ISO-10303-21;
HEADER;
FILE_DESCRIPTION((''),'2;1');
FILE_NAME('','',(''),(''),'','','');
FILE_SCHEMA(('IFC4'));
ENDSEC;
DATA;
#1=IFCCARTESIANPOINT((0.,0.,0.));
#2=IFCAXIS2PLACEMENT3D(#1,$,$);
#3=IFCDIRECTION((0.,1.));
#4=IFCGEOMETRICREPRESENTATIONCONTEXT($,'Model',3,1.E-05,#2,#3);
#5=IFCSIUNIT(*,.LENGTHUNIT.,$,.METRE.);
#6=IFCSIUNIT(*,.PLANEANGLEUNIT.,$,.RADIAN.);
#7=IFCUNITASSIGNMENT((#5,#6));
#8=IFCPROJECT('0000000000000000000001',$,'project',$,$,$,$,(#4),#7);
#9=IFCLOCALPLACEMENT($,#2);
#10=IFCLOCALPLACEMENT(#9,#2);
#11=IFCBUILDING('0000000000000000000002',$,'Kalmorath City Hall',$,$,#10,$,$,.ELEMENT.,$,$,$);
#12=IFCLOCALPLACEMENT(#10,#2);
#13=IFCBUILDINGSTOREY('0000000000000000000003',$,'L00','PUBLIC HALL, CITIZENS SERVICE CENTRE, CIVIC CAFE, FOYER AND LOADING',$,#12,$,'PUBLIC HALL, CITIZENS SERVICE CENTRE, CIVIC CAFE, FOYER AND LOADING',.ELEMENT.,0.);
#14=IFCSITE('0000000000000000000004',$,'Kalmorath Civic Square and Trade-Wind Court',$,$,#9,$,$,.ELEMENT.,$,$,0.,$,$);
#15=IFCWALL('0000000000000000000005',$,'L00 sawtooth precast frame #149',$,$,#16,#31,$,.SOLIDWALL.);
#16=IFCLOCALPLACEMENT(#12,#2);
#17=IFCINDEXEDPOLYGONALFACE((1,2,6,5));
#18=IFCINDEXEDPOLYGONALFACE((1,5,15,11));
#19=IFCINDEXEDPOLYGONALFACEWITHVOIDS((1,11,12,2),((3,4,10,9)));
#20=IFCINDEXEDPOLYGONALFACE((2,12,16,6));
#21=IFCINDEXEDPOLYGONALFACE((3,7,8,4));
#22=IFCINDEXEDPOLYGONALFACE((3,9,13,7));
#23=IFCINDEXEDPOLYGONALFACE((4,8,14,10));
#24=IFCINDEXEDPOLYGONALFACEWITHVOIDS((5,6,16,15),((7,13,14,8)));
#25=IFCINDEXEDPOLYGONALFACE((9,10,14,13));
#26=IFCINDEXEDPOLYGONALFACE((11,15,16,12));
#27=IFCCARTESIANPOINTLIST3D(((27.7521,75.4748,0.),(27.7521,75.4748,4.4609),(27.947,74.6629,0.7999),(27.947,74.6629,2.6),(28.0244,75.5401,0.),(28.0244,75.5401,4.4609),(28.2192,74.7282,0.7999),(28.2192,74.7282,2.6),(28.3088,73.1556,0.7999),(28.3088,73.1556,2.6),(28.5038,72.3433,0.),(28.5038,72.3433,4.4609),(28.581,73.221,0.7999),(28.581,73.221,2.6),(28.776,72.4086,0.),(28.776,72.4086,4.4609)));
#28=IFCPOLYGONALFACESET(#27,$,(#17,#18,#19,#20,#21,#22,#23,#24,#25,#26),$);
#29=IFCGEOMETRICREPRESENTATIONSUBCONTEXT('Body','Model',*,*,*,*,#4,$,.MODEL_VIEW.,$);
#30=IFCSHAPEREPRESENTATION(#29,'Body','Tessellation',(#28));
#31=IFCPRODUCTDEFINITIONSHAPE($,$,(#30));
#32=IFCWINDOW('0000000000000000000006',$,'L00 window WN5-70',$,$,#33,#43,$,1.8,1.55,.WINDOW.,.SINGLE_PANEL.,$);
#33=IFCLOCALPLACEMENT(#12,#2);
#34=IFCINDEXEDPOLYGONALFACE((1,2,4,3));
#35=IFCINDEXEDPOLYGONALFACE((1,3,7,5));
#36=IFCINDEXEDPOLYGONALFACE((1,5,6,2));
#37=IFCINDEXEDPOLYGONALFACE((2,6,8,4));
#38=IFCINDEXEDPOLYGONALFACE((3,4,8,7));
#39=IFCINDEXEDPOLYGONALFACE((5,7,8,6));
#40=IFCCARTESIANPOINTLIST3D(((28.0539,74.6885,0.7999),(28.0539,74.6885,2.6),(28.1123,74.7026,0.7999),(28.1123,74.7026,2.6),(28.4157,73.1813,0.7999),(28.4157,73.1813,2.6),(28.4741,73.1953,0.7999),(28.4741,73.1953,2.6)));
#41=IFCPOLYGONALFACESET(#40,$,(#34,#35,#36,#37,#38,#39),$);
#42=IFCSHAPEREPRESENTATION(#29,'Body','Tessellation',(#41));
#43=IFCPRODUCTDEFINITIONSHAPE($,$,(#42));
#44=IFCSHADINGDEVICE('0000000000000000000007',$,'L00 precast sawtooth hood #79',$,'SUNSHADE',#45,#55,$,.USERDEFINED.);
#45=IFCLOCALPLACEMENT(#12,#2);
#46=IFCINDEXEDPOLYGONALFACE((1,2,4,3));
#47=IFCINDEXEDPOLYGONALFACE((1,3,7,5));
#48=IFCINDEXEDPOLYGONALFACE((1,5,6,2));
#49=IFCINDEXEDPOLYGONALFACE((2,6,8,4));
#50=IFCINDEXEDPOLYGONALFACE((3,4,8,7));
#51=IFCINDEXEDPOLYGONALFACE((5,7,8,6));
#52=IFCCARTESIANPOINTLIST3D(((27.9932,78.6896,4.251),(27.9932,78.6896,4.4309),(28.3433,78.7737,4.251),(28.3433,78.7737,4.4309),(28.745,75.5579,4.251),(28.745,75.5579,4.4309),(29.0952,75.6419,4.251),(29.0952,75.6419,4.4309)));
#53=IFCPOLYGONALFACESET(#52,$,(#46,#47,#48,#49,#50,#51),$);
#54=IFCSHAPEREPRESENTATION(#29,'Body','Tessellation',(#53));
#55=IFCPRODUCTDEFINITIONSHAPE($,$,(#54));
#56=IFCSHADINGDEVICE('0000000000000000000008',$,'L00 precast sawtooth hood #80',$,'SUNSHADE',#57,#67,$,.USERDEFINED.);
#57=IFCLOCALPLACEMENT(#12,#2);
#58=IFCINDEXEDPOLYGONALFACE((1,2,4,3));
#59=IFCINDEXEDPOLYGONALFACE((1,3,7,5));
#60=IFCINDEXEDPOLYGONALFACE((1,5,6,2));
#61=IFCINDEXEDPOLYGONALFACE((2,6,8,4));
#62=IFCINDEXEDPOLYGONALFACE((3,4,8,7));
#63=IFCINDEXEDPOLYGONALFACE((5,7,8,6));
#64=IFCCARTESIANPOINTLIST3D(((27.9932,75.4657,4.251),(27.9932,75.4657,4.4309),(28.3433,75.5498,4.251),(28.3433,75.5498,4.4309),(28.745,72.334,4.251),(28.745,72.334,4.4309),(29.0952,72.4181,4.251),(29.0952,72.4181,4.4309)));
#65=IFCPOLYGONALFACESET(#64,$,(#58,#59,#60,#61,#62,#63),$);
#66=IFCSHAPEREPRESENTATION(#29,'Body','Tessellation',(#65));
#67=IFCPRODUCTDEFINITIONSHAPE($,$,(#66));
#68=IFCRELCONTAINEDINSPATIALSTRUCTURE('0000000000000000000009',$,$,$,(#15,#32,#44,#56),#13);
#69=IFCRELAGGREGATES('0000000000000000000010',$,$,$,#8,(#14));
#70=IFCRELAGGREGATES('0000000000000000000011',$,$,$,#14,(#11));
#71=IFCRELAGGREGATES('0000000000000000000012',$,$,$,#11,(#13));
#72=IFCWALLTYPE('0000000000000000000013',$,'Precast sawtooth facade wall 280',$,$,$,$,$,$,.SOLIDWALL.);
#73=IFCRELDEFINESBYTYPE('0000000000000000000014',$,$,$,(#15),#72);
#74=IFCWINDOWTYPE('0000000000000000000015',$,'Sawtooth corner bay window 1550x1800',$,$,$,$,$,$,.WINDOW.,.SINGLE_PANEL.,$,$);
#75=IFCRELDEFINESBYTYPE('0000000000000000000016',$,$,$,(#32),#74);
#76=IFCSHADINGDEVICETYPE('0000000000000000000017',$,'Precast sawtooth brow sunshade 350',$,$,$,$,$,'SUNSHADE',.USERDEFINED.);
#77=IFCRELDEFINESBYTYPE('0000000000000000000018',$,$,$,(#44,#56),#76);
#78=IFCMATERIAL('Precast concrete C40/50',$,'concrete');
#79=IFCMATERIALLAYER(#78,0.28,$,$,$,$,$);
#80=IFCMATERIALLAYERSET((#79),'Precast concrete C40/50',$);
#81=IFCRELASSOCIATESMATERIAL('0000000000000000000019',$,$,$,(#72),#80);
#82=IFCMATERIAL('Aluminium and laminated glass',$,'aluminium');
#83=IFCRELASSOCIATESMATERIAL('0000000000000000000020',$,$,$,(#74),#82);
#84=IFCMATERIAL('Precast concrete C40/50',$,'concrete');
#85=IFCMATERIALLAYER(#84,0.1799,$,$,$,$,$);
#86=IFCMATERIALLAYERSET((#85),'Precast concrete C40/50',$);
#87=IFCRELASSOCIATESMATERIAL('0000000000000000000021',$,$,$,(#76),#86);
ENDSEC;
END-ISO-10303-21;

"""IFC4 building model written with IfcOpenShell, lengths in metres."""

from ifc_helpers import new_model, si_unit, direction, frame, frame_2d, origin, origin_2d, place, context, subcontext, project, spatial, rectangle, extrude, material, layer, layer_set, type_object, element, fill, save


model = new_model("IFC4")

# Units and contexts
model_context = context("Model", 3, precision=1e-05, world=origin(), true_north=direction((0.0, 1.0)))
body_context = subcontext(model_context, "Body", "Model", "MODEL_VIEW")
ifc_project = project(units=[si_unit("LENGTHUNIT", "METRE"), si_unit("PLANEANGLEUNIT", "RADIAN")], contexts=[model_context])

# Site, building, storey
site_placement = place(None, origin())
site = spatial("IfcSite", under=ifc_project, at=site_placement, Name="Kalmorath Civic Square and Trade-Wind Court", CompositionType="ELEMENT", RefElevation=0.0)
building_placement = place(site_placement, origin())
building = spatial("IfcBuilding", under=site, at=building_placement, Name="Kalmorath City Hall", CompositionType="ELEMENT")
storey_placement = place(building_placement, origin())
storey = spatial("IfcBuildingStorey", under=building, at=storey_placement, Name="L00", Description="PUBLIC HALL, CITIZENS SERVICE CENTRE, CIVIC CAFE, FOYER AND LOADING", LongName="PUBLIC HALL, CITIZENS SERVICE CENTRE, CIVIC CAFE, FOYER AND LOADING", CompositionType="ELEMENT", Elevation=0.0)

# Wall, opening, window
ifc_material_1 = material(Name="Precast concrete C40/50", Category="concrete")
ifc_layer_1 = layer(ifc_material_1, 0.28)
ifc_layer_set_1 = layer_set([ifc_layer_1], Name="Precast concrete C40/50")
wall_type_1 = type_object("IfcWallType", Name="Precast sawtooth facade wall 280", PredefinedType="SOLIDWALL", material=ifc_layer_set_1)
ifc_material_2 = material(Name="Aluminium and laminated glass", Category="aluminium")
window_type = type_object("IfcWindowType", Name="Sawtooth corner bay window 1550x1800", PartitioningType="SINGLE_PANEL", PredefinedType="WINDOW", material=ifc_material_2)
wall_1_placement = place(storey_placement, frame((27.8882, 75.5076, 0.0), z_axis=(0.0, 0.0, 1.0), x_axis=(0.23341, -0.972378, 0.0)))
wall_1 = element("IfcWall", 1, at=wall_1_placement, inside=storey, type_object=wall_type_1, Name="L00 sawtooth precast frame #149", PredefinedType="SOLIDWALL", context=body_context, shape_type="SweptSolid", body=[
    extrude(rectangle(XDim=3.2205, YDim=0.28, at=frame_2d((1.6104, 0.0))), origin(), (0.0, 0.0, 1.0), 4.4609),
])
opening_1_placement = place(wall_1_placement, frame((0.8352, 0.0, 0.8)))
opening_1 = element("IfcOpeningElement", 2, at=opening_1_placement, cuts=wall_1, PredefinedType="OPENING", context=body_context, shape_type="SweptSolid", body=[
    extrude(rectangle(XDim=1.55, YDim=1.8, at=frame_2d((0.7749, 0.8999))), frame((0.0, 0.1499, 0.0), z_axis=(0.0, -1.0, 0.0), x_axis=(1.0, 0.0, 0.0)), (0.0, 0.0, 1.0), 0.3),
])
window_1_placement = place(opening_1_placement, origin())
window_1 = element("IfcWindow", 3, at=window_1_placement, inside=storey, type_object=window_type, Name="L00 window WN5-70", OverallHeight=1.8, OverallWidth=1.55, PartitioningType="SINGLE_PANEL", PredefinedType="WINDOW", context=body_context, shape_type="SweptSolid", body=[
    extrude(rectangle(XDim=1.55, YDim=1.8, at=frame_2d((0.7749, 0.8999))), frame((0.0, 0.03, 0.0), z_axis=(0.0, -1.0, 0.0), x_axis=(1.0, 0.0, 0.0)), (0.0, 0.0, 1.0), 0.0601),
])
fill(opening_1, window_1)

# Shading devices
ifc_material_3 = material(Name="Precast concrete C40/50", Category="concrete")
ifc_layer_2 = layer(ifc_material_3, 0.1799)
ifc_layer_set_2 = layer_set([ifc_layer_2], Name="Precast concrete C40/50")
shading_device_type = type_object("IfcShadingDeviceType", Name="Precast sawtooth brow sunshade 350", ElementType="SUNSHADE", PredefinedType="USERDEFINED", material=ifc_layer_set_2)
for number, where, z_axis, x_axis, name in (
    (4, (28.5442, 77.1658, 4.251), (0.0, 0.0, 1.0), (0.233445, -0.97237, 0.0), "L00 precast sawtooth hood #79"),
    (5, (28.5442, 73.9419, 4.251), (0.0, 0.0, 1.0), (0.233445, -0.97237, 0.0), "L00 precast sawtooth hood #80"),
):
    element("IfcShadingDevice", number, at=place(storey_placement, frame(where, z_axis=z_axis, x_axis=x_axis)), inside=storey, type_object=shading_device_type, Name=name, ObjectType="SUNSHADE", PredefinedType="USERDEFINED", context=body_context, shape_type="SweptSolid", body=[
        extrude(rectangle(XDim=3.2207, YDim=0.3601, at=origin_2d()), origin(), (0.0, 0.0, 1.0), 0.1799),
    ])

save(model, "model.ifc")
